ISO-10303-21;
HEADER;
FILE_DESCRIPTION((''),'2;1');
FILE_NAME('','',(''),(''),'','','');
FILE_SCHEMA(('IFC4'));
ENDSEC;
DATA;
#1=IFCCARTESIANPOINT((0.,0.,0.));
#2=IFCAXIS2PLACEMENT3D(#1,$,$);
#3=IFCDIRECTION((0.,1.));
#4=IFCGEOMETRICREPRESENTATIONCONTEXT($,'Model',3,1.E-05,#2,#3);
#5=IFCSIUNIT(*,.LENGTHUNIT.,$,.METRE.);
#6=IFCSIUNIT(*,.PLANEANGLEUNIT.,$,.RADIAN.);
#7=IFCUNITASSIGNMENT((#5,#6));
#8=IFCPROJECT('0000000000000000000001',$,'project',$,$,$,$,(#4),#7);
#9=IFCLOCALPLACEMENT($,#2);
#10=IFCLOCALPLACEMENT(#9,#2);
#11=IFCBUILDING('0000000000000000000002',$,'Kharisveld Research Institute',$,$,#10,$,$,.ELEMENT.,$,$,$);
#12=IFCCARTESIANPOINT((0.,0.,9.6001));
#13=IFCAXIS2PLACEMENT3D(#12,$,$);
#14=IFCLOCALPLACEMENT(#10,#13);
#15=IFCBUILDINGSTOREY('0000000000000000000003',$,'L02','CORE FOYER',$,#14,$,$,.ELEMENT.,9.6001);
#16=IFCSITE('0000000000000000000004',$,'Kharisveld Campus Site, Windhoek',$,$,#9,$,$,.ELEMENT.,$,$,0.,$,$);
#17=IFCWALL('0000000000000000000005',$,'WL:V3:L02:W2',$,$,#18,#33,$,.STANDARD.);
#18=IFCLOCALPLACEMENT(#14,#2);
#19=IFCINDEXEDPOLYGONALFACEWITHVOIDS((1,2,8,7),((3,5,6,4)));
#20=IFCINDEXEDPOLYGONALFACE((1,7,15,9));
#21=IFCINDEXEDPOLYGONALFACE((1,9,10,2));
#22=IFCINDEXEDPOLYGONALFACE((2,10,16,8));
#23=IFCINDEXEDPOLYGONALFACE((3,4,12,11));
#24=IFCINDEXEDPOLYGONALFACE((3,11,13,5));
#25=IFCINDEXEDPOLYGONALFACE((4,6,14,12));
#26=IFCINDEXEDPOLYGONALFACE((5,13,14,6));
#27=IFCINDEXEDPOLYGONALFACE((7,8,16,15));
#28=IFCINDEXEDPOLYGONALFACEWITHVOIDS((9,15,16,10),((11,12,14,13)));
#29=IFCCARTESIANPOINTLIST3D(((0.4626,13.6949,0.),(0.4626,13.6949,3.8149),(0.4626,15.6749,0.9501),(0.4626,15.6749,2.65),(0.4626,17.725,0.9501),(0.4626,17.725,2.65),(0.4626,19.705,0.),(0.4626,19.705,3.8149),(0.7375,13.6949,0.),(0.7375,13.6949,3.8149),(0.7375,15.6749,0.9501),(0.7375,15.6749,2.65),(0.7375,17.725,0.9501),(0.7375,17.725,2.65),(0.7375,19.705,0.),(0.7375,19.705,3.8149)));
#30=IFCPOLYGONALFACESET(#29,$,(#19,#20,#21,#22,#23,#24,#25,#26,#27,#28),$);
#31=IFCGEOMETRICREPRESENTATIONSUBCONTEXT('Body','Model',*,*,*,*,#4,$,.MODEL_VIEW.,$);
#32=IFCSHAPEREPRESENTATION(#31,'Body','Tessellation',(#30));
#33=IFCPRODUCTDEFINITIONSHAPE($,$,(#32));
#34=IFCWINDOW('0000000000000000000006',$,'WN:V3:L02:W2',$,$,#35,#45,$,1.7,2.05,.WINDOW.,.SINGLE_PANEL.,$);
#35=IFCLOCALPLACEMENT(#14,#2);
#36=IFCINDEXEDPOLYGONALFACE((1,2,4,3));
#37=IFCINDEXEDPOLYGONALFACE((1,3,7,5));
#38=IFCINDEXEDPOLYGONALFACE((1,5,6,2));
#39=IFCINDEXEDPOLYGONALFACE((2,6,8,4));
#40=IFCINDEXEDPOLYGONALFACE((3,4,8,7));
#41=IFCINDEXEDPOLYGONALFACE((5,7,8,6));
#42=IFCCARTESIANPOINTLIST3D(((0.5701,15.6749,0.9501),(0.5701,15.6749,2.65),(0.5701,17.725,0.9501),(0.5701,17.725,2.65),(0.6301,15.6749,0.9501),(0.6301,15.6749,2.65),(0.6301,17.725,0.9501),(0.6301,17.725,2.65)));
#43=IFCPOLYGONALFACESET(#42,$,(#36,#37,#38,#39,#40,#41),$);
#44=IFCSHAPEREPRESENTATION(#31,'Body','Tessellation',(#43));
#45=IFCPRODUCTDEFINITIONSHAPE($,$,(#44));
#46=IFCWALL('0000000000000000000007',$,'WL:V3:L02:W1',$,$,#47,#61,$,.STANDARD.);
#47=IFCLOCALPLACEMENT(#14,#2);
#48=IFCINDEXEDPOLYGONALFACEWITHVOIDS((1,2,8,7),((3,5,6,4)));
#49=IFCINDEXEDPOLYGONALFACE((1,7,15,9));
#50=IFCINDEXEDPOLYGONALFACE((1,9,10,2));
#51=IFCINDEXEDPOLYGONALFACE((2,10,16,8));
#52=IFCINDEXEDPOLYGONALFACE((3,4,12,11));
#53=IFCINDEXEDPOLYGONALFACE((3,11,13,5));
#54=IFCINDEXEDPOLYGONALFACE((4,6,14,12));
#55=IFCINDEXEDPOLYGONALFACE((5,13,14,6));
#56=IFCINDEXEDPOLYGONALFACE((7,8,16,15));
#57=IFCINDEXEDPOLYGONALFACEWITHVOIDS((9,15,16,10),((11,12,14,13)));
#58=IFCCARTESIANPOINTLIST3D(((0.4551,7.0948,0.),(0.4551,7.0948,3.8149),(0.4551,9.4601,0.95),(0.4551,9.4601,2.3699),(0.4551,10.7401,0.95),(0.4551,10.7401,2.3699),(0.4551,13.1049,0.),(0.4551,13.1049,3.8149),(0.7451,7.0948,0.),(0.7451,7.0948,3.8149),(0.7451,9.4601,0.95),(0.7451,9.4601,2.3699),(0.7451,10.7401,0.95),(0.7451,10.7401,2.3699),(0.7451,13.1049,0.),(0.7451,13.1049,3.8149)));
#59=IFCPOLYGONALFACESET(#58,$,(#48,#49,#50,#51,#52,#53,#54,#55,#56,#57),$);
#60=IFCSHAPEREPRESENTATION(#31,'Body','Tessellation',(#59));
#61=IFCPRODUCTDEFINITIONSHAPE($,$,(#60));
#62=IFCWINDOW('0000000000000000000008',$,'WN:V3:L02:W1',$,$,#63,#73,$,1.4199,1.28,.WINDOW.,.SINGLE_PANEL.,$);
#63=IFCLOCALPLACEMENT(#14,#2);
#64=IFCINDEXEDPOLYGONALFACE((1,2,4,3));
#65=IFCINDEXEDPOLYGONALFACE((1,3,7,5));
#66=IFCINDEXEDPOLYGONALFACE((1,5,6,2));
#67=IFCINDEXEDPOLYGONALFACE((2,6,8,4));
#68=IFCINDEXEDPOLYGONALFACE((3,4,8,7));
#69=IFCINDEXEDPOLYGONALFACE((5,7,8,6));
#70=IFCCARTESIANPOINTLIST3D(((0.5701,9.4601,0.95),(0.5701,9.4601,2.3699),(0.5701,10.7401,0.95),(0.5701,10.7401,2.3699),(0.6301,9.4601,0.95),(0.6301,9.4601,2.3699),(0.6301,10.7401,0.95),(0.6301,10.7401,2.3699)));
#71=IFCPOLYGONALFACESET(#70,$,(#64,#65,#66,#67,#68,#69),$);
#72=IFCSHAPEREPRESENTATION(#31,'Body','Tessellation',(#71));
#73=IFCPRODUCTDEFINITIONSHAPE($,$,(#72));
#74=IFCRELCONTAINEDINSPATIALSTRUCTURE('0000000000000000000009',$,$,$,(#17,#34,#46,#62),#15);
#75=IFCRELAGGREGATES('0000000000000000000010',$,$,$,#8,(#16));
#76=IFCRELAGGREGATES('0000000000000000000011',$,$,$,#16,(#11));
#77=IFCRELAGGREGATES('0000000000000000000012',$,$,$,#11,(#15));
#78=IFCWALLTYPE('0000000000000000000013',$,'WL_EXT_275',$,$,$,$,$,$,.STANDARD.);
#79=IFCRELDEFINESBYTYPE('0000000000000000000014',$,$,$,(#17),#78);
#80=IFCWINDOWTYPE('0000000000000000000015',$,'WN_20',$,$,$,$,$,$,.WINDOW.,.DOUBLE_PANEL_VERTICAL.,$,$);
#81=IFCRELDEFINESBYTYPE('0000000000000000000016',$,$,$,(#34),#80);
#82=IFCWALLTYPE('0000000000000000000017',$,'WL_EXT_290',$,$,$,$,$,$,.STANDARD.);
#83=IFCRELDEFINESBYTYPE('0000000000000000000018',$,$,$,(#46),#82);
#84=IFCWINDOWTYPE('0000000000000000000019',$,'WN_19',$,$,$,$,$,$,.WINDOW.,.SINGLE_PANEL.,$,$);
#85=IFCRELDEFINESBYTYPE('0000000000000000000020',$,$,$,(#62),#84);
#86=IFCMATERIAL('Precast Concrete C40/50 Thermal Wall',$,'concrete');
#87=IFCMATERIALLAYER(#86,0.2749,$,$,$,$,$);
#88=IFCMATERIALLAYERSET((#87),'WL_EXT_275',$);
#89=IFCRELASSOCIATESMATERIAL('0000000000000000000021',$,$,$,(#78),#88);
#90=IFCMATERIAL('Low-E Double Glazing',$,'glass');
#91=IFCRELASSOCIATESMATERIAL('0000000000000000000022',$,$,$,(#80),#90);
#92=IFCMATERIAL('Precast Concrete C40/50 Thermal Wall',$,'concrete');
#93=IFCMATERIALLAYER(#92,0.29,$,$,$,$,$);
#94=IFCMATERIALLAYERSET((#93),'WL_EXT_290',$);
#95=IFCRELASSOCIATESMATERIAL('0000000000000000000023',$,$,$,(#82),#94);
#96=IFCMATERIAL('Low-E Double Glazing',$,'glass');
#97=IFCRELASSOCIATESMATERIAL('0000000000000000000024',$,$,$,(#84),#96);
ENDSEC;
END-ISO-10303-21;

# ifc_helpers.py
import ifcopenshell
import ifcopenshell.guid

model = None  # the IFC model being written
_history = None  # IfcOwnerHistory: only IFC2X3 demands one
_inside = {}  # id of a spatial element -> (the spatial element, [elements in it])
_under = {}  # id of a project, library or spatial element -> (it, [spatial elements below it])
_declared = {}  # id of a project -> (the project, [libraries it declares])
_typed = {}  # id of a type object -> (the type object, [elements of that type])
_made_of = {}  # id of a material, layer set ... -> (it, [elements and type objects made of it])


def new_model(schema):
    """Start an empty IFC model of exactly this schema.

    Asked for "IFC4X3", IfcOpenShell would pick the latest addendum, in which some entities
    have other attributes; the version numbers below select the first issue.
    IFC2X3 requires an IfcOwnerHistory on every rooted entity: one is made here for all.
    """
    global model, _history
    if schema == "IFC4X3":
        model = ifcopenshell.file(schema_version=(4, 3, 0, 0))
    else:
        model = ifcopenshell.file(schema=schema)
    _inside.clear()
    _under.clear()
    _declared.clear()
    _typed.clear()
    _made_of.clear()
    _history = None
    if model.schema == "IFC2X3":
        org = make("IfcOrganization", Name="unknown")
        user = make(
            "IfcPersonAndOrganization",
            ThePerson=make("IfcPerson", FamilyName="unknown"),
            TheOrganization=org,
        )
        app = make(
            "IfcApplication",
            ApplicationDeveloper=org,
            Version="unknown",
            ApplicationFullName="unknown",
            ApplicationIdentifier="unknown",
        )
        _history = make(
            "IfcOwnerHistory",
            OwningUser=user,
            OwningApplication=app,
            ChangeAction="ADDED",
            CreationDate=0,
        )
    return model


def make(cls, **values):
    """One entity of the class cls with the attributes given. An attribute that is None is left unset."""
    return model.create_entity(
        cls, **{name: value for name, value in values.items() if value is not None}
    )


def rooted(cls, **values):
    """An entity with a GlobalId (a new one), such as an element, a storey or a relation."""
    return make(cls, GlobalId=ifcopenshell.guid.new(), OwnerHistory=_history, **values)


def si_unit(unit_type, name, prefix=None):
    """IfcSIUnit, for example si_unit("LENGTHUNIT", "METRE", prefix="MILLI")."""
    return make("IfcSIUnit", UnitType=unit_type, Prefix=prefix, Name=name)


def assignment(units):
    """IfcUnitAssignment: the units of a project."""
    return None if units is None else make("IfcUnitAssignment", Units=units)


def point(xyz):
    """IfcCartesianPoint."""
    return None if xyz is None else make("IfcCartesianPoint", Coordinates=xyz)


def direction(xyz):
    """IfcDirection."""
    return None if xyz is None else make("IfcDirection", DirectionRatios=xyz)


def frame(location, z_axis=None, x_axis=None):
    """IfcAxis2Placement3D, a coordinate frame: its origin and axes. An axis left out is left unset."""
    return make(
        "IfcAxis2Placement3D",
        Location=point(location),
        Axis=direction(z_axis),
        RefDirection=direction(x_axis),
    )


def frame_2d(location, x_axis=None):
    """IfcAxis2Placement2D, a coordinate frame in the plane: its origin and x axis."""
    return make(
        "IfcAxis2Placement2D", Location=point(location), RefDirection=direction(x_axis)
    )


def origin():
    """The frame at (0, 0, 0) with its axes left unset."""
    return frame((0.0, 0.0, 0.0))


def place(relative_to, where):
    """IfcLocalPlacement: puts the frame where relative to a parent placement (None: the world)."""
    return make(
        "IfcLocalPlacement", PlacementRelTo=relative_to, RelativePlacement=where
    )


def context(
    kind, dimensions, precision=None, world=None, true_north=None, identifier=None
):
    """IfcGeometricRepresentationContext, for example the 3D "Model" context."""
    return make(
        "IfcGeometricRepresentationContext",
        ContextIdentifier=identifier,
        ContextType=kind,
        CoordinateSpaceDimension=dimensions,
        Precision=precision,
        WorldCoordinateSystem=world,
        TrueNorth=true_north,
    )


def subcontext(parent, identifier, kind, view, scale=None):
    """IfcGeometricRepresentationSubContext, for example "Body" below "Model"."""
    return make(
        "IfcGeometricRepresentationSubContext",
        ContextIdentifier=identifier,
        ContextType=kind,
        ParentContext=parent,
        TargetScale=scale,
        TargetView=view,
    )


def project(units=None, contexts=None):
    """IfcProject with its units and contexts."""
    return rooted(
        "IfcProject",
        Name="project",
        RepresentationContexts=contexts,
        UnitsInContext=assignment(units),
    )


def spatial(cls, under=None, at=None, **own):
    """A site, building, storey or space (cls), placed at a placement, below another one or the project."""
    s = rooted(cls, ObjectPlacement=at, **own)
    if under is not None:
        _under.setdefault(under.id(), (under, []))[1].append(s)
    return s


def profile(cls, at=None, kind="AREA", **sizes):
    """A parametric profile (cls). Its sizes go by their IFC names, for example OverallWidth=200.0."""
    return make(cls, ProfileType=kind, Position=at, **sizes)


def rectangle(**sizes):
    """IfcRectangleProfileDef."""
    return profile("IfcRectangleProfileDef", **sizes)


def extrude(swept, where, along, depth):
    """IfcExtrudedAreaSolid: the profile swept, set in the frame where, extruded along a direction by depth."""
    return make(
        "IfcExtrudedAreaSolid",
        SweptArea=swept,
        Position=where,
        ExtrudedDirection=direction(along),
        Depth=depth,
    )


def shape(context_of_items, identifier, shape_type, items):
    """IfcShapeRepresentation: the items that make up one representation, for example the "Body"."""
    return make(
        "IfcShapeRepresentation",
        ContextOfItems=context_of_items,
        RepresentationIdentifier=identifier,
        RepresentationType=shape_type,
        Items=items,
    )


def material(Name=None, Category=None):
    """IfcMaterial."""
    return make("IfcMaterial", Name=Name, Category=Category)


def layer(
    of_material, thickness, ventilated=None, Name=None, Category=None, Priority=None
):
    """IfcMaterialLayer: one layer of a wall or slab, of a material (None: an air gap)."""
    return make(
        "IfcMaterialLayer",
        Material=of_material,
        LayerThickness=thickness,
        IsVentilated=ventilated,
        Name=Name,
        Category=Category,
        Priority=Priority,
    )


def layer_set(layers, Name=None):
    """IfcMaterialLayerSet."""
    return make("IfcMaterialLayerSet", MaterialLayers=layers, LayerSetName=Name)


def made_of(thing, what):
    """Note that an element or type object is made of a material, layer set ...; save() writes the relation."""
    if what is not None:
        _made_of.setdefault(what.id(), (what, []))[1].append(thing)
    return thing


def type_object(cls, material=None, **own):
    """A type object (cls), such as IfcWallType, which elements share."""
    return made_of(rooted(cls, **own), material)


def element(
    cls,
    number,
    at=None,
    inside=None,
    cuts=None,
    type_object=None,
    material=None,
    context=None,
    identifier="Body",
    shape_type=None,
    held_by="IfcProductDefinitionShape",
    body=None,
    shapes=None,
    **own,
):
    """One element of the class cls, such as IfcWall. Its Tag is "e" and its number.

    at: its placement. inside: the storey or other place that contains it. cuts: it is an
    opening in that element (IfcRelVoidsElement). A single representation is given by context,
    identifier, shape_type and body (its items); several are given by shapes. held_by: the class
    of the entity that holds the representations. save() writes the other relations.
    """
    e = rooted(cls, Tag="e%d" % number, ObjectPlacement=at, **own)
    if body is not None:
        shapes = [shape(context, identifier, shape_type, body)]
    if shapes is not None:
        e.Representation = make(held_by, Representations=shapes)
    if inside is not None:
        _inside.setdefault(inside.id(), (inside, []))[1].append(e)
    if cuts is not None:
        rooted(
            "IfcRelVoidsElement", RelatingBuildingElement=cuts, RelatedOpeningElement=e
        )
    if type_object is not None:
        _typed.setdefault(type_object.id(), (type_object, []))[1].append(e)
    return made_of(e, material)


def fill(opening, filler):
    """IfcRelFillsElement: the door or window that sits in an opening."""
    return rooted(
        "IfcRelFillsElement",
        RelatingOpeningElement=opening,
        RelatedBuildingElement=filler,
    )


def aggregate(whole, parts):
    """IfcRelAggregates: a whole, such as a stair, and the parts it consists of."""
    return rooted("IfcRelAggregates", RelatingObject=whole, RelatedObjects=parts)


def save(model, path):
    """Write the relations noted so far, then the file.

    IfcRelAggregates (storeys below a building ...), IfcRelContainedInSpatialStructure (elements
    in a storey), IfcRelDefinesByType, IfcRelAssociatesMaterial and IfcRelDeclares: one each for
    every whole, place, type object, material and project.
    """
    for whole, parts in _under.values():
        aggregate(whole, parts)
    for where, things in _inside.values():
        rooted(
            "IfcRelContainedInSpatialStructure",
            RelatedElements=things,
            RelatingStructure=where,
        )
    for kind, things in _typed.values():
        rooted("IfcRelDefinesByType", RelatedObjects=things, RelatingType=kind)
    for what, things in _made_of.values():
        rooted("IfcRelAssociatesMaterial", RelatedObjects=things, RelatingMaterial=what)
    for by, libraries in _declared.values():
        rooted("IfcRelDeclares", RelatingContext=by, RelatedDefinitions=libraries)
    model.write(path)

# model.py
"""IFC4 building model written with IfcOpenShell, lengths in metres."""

from ifc_helpers import new_model, si_unit, direction, frame, frame_2d, origin, place, context, subcontext, project, spatial, rectangle, extrude, material, layer, layer_set, type_object, element, fill, save


model = new_model("IFC4")

# Units and contexts
model_context = context("Model", 3, precision=1e-05, world=origin(), true_north=direction((0.0, 1.0)))
body_context = subcontext(model_context, "Body", "Model", "MODEL_VIEW")
ifc_project = project(units=[si_unit("LENGTHUNIT", "METRE"), si_unit("PLANEANGLEUNIT", "RADIAN")], contexts=[model_context])

# Site, building, storey
site_placement = place(None, origin())
site = spatial("IfcSite", under=ifc_project, at=site_placement, Name="Kharisveld Campus Site, Windhoek", CompositionType="ELEMENT", RefElevation=0.0)
building_placement = place(site_placement, origin())
building = spatial("IfcBuilding", under=site, at=building_placement, Name="Kharisveld Research Institute", CompositionType="ELEMENT")
storey_placement = place(building_placement, frame((0.0, 0.0, 9.6001)))
storey = spatial("IfcBuildingStorey", under=building, at=storey_placement, Name="L02", Description="CORE FOYER", CompositionType="ELEMENT", Elevation=9.6001)

# Walls, openings, windows
ifc_material_1 = material(Name="Precast Concrete C40/50 Thermal Wall", Category="concrete")
ifc_layer_1 = layer(ifc_material_1, 0.2749)
ifc_layer_set_1 = layer_set([ifc_layer_1], Name="WL_EXT_275")
wall_type_1 = type_object("IfcWallType", Name="WL_EXT_275", PredefinedType="STANDARD", material=ifc_layer_set_1)
wall_1_placement = place(storey_placement, frame((0.6001, 13.6951, 0.0), z_axis=(0.0, 0.0, 1.0), x_axis=(0.0, 1.0, 0.0)))
wall_1 = element("IfcWall", 1, at=wall_1_placement, inside=storey, type_object=wall_type_1, Name="WL:V3:L02:W2", PredefinedType="STANDARD", context=body_context, shape_type="SweptSolid", body=[
    extrude(rectangle(XDim=6.01, YDim=0.2749, at=frame_2d((3.0049, 0.0))), origin(), (0.0, 0.0, 1.0), 3.8149),
])
opening_1_placement = place(wall_1_placement, frame((1.98, 0.0, 0.95)))
opening_1 = element("IfcOpeningElement", 2, at=opening_1_placement, cuts=wall_1, PredefinedType="OPENING", context=body_context, shape_type="SweptSolid", body=[
    extrude(rectangle(XDim=2.05, YDim=1.7, at=frame_2d((1.0249, 0.8501))), frame((0.0, 0.1375, 0.0), z_axis=(0.0, -1.0, 0.0), x_axis=(1.0, 0.0, 0.0)), (0.0, 0.0, 1.0), 0.2749),
])
ifc_material_2 = material(Name="Low-E Double Glazing", Category="glass")
window_type_1 = type_object("IfcWindowType", Name="WN_20", PartitioningType="DOUBLE_PANEL_VERTICAL", PredefinedType="WINDOW", material=ifc_material_2)
window_1_placement = place(opening_1_placement, origin())
window_1 = element("IfcWindow", 3, at=window_1_placement, inside=storey, type_object=window_type_1, Name="WN:V3:L02:W2", OverallHeight=1.7, OverallWidth=2.05, PartitioningType="SINGLE_PANEL", PredefinedType="WINDOW", context=body_context, shape_type="SweptSolid", body=[
    extrude(rectangle(XDim=2.05, YDim=1.7, at=frame_2d((1.0249, 0.8501))), frame((0.0, 0.03, 0.0), z_axis=(0.0, -1.0, 0.0), x_axis=(1.0, 0.0, 0.0)), (0.0, 0.0, 1.0), 0.0601),
])
fill(opening_1, window_1)
ifc_material_3 = material(Name="Precast Concrete C40/50 Thermal Wall", Category="concrete")
ifc_layer_2 = layer(ifc_material_3, 0.29)
ifc_layer_set_2 = layer_set([ifc_layer_2], Name="WL_EXT_290")
wall_type_2 = type_object("IfcWallType", Name="WL_EXT_290", PredefinedType="STANDARD", material=ifc_layer_set_2)
wall_2_placement = place(storey_placement, frame((0.6001, 7.095, 0.0), z_axis=(0.0, 0.0, 1.0), x_axis=(0.0, 1.0, 0.0)))
wall_2 = element("IfcWall", 4, at=wall_2_placement, inside=storey, type_object=wall_type_2, Name="WL:V3:L02:W1", PredefinedType="STANDARD", context=body_context, shape_type="SweptSolid", body=[
    extrude(rectangle(XDim=6.01, YDim=0.29, at=frame_2d((3.0049, 0.0))), origin(), (0.0, 0.0, 1.0), 3.8149),
])
opening_2_placement = place(wall_2_placement, frame((2.365, 0.0, 0.95)))
opening_2 = element("IfcOpeningElement", 5, at=opening_2_placement, cuts=wall_2, PredefinedType="OPENING", context=body_context, shape_type="SweptSolid", body=[
    extrude(rectangle(XDim=1.28, YDim=1.4199, at=frame_2d((0.6401, 0.71))), frame((0.0, 0.145, 0.0), z_axis=(0.0, -1.0, 0.0), x_axis=(1.0, 0.0, 0.0)), (0.0, 0.0, 1.0), 0.29),
])
ifc_material_4 = material(Name="Low-E Double Glazing", Category="glass")
window_type_2 = type_object("IfcWindowType", Name="WN_19", PartitioningType="SINGLE_PANEL", PredefinedType="WINDOW", material=ifc_material_4)
window_2_placement = place(opening_2_placement, origin())
window_2 = element("IfcWindow", 6, at=window_2_placement, inside=storey, type_object=window_type_2, Name="WN:V3:L02:W1", OverallHeight=1.4199, OverallWidth=1.28, PartitioningType="SINGLE_PANEL", PredefinedType="WINDOW", context=body_context, shape_type="SweptSolid", body=[
    extrude(rectangle(XDim=1.28, YDim=1.4199, at=frame_2d((0.6401, 0.71))), frame((0.0, 0.03, 0.0), z_axis=(0.0, -1.0, 0.0), x_axis=(1.0, 0.0, 0.0)), (0.0, 0.0, 1.0), 0.0601),
])
fill(opening_2, window_2)

save(model, "model.ifc")
